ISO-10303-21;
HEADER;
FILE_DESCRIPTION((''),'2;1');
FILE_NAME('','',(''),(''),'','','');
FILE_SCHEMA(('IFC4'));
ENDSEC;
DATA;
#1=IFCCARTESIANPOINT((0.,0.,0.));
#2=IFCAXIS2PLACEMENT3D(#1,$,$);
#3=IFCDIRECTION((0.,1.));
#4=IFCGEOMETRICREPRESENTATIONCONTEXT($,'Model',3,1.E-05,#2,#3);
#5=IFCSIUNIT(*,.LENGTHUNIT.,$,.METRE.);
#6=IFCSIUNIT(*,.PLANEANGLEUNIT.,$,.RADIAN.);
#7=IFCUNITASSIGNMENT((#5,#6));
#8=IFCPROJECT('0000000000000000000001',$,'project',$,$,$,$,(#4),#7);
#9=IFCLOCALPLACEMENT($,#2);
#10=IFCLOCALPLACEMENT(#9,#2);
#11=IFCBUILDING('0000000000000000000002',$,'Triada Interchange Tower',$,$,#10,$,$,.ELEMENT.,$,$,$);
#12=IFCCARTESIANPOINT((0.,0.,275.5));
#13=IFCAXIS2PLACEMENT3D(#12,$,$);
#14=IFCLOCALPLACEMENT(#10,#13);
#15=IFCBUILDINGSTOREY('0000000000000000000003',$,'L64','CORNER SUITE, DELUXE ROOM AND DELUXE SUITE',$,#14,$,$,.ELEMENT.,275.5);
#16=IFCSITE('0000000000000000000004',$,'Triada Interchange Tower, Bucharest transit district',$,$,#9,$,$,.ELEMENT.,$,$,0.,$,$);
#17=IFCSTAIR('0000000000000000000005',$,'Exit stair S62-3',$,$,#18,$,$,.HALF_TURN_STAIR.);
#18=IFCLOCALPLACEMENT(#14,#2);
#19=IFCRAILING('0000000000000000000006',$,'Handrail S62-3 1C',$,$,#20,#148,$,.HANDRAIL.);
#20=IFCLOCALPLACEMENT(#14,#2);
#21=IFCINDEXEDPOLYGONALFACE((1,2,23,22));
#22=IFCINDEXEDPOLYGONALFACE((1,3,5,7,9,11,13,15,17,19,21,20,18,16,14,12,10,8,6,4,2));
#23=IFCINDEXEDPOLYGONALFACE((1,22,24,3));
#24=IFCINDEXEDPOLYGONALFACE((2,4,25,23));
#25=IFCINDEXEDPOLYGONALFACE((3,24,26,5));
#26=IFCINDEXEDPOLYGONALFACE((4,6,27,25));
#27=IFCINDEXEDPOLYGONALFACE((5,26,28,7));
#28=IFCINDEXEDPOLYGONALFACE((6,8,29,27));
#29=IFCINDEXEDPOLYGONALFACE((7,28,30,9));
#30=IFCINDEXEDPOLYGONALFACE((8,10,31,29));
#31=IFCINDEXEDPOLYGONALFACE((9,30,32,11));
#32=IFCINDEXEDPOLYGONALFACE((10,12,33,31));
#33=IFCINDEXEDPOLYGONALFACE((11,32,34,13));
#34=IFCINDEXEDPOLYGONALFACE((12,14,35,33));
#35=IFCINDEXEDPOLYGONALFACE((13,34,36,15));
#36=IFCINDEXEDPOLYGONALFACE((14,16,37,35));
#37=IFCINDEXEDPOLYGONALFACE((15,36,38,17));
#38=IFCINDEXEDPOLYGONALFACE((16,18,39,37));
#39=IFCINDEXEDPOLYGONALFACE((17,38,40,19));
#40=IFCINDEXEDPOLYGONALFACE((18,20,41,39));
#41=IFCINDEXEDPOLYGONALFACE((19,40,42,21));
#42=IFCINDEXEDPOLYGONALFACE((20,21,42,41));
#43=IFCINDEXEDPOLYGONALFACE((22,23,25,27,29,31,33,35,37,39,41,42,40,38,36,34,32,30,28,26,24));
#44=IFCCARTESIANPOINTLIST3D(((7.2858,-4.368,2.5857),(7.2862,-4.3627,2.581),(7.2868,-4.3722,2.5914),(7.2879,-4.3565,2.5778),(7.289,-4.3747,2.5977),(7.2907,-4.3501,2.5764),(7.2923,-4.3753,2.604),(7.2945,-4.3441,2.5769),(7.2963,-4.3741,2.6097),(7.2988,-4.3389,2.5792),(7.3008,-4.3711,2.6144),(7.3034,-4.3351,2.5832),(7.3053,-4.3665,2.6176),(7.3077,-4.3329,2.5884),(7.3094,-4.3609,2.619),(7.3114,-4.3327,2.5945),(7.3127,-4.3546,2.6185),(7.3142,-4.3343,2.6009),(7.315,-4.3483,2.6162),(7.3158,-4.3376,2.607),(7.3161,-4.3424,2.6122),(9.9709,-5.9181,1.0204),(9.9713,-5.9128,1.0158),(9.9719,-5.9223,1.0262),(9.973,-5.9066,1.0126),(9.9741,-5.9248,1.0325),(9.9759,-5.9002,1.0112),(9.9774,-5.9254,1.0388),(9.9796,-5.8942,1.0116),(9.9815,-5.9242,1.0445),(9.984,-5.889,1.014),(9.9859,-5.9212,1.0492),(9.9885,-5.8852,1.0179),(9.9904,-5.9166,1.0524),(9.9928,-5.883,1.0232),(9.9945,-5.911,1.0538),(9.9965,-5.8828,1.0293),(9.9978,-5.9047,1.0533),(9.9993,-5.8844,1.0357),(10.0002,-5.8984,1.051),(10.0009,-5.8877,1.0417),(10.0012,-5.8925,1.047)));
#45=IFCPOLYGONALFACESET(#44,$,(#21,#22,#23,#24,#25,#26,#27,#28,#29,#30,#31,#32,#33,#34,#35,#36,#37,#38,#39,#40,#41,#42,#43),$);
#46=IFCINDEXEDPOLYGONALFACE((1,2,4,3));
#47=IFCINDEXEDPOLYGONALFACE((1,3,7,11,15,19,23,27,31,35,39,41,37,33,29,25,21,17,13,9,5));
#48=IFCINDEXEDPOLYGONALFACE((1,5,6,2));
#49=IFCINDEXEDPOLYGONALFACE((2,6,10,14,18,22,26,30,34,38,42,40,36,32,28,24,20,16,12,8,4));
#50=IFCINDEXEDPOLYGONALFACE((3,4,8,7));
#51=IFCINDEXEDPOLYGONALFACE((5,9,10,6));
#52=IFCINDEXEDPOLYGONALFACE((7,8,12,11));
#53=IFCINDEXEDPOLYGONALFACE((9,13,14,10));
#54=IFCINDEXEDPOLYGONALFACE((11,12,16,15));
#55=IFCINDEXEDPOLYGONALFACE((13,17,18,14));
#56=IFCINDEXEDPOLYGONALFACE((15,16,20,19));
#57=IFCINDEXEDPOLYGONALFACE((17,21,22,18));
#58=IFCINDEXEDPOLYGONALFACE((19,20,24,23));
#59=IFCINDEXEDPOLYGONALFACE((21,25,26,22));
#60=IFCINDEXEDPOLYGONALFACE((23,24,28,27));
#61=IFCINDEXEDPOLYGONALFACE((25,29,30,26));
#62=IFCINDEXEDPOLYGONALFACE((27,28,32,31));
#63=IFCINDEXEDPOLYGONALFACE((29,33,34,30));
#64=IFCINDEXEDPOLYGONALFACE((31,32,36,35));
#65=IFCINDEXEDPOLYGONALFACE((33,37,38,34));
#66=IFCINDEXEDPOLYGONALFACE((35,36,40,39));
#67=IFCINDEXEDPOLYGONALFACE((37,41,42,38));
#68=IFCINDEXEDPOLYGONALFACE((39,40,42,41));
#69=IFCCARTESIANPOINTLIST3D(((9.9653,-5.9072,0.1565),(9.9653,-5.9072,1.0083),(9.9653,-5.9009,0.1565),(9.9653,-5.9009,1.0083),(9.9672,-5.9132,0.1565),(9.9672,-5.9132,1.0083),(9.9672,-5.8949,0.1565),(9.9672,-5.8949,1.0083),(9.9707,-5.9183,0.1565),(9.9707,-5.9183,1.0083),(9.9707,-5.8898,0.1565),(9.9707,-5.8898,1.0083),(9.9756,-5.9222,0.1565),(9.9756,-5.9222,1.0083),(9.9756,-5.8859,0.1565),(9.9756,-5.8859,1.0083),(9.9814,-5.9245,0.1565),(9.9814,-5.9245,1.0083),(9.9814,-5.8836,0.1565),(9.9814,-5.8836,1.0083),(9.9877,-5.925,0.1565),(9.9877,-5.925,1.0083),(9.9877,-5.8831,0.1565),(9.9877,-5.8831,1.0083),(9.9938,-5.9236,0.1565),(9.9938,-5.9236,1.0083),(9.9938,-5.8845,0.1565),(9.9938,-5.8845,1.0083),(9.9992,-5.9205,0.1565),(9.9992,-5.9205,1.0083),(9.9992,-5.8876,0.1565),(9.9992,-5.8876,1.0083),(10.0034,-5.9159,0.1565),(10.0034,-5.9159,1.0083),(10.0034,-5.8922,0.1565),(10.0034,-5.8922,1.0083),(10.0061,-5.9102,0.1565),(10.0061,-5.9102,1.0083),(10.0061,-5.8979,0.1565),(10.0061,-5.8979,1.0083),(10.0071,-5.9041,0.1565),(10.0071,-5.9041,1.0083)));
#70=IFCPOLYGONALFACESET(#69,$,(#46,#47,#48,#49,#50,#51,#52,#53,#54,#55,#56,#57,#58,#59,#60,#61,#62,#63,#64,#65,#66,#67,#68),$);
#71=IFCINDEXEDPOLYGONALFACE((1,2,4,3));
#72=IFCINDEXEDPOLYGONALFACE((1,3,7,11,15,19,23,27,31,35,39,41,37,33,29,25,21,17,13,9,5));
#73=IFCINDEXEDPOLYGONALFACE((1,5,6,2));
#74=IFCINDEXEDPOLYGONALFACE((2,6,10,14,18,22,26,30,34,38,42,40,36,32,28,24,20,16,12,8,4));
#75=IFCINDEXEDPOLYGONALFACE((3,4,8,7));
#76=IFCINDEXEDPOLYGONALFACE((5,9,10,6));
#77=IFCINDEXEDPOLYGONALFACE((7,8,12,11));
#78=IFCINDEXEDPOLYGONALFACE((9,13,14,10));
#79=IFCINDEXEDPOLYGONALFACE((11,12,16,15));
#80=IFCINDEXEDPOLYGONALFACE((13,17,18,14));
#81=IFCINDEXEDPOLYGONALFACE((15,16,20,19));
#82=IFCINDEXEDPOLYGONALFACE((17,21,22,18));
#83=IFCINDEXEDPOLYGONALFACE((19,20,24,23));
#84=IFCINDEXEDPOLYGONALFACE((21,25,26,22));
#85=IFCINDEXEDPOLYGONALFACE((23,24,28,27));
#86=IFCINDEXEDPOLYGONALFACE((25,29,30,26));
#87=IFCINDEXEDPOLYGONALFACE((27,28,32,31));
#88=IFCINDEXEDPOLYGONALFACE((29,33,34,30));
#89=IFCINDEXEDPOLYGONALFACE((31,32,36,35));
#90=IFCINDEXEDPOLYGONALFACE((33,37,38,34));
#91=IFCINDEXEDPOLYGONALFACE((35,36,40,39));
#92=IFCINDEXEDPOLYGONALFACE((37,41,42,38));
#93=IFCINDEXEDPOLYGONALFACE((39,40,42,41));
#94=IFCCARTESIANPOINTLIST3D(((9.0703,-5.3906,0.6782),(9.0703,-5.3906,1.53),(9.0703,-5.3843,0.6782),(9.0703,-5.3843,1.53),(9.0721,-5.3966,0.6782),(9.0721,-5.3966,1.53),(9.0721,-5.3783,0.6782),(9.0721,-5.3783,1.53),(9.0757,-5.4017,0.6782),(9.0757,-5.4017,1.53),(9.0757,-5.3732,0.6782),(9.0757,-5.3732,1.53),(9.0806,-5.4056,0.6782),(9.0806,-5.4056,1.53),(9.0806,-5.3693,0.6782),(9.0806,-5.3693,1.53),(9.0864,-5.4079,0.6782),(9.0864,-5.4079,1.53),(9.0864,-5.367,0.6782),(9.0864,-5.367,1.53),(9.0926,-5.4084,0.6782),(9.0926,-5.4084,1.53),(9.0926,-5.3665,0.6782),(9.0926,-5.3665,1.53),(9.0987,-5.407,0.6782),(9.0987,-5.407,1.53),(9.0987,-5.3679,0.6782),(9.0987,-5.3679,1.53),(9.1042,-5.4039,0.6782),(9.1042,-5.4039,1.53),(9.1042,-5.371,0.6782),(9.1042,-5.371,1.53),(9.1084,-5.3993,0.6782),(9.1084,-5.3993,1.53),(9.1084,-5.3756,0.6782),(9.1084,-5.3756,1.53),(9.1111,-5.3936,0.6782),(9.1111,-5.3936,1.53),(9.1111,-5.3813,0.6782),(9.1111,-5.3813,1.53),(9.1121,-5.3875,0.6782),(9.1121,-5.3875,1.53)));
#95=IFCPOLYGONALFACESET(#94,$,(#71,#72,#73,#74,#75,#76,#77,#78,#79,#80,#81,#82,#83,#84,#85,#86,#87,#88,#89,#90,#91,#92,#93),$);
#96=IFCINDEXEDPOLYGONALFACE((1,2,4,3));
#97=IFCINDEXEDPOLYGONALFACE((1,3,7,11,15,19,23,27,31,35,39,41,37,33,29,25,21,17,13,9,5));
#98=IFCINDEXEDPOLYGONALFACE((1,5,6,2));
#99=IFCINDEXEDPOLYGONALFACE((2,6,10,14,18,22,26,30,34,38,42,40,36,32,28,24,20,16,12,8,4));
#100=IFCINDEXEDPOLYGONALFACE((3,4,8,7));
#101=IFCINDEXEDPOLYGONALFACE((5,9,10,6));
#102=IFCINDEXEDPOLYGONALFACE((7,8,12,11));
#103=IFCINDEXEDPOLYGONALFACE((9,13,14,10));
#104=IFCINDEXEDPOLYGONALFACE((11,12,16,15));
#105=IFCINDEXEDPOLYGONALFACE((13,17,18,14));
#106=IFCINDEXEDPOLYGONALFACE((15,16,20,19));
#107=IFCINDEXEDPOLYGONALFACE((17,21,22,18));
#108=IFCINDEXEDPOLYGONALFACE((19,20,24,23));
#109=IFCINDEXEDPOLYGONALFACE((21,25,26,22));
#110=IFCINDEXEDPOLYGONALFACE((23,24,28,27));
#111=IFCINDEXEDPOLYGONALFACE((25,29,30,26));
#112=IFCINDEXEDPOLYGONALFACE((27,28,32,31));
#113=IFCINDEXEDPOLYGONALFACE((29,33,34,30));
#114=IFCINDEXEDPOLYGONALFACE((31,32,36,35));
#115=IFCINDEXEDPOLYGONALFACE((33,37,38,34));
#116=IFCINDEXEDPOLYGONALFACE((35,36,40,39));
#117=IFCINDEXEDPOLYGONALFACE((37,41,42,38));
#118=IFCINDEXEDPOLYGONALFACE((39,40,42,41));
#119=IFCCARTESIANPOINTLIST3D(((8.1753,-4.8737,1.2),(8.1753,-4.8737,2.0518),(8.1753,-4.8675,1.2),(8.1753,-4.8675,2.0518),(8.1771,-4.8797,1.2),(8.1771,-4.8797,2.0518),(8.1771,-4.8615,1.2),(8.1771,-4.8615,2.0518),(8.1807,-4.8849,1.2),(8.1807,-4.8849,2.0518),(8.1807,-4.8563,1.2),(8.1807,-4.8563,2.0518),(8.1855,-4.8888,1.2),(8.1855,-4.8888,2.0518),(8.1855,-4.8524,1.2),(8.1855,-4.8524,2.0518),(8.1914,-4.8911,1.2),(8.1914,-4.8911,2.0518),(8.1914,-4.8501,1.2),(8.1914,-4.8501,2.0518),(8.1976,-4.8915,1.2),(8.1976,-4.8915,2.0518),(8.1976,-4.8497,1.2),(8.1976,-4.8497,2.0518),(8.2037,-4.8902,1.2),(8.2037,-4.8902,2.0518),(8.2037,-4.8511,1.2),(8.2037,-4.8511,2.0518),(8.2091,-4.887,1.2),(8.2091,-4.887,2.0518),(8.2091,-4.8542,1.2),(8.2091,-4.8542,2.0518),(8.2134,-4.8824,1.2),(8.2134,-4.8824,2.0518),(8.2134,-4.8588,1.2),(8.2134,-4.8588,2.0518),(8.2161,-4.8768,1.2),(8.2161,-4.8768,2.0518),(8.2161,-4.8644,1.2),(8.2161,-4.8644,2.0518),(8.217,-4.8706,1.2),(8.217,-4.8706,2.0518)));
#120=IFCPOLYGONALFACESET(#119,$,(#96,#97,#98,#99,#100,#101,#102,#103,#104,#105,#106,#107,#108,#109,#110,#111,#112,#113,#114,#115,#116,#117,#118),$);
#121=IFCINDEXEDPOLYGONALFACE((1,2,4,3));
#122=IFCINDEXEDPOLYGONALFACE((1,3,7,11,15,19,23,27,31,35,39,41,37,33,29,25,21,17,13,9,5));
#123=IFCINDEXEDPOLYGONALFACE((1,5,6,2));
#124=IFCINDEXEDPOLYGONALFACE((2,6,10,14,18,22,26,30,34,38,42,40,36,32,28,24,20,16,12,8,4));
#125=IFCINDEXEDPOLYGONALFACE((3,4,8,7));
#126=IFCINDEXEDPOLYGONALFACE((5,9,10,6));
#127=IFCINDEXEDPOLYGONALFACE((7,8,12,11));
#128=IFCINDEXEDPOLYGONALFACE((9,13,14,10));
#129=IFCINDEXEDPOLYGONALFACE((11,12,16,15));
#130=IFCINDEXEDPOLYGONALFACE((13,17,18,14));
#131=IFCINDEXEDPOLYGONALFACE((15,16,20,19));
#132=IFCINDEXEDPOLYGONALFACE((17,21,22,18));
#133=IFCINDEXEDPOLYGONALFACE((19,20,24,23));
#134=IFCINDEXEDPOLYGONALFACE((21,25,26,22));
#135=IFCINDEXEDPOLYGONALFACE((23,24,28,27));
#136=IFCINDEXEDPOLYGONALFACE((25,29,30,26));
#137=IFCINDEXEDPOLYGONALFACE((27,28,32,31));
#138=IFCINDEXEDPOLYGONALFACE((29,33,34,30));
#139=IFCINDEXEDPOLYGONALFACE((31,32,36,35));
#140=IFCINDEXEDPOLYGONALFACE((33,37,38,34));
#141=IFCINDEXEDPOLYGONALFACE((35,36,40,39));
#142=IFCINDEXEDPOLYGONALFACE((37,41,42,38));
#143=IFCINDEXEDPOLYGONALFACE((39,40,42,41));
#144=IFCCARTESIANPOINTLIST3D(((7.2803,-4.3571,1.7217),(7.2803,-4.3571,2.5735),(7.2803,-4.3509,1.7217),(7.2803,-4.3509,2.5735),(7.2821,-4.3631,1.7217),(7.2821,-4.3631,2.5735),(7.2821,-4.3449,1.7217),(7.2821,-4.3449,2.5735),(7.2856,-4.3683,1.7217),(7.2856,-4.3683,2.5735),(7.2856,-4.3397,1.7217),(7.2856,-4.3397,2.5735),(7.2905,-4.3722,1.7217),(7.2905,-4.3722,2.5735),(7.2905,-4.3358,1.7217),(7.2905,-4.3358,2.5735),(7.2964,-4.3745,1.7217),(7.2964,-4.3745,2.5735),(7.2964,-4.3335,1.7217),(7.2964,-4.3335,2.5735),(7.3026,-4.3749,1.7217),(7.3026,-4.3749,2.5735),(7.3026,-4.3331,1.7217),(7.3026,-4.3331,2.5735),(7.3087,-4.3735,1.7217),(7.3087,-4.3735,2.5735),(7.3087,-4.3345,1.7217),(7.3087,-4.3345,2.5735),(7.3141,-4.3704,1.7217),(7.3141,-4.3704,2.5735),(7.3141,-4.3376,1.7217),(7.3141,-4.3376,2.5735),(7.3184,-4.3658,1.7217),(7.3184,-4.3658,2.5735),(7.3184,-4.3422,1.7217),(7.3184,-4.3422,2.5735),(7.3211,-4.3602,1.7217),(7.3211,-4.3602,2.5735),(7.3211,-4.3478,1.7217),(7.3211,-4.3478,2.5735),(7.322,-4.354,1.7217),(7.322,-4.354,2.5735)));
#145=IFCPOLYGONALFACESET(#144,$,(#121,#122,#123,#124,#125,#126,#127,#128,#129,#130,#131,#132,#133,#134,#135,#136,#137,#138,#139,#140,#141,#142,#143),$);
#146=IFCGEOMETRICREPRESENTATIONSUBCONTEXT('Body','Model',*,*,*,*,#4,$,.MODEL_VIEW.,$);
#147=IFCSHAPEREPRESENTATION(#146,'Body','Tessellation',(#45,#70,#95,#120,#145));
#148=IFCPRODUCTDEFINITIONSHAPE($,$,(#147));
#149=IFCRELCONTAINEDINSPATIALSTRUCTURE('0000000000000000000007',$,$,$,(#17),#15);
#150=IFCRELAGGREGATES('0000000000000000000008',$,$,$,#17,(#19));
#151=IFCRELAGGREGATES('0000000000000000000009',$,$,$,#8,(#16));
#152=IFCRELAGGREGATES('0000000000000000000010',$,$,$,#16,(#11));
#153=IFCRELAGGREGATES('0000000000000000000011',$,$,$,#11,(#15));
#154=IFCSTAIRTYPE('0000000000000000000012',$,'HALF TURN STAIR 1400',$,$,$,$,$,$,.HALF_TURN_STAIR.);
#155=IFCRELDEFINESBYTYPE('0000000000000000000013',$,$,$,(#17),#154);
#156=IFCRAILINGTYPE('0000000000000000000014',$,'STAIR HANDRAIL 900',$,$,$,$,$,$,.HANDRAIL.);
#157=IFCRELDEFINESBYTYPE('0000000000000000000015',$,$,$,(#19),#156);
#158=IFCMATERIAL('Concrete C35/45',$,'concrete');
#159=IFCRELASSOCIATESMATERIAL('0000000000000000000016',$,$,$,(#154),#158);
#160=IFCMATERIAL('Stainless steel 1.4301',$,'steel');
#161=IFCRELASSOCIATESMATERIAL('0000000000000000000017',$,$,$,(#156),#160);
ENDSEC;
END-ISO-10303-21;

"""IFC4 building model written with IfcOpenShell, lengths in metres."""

from ifc_helpers import new_model, si_unit, direction, frame, origin, origin_2d, place, context, subcontext, project, spatial, circle, extrude, material, type_object, element, aggregate, save


model = new_model("IFC4")

# Units and contexts
model_context = context("Model", 3, precision=1e-05, world=origin(), true_north=direction((0.0, 1.0)))
body_context = subcontext(model_context, "Body", "Model", "MODEL_VIEW")
ifc_project = project(units=[si_unit("LENGTHUNIT", "METRE"), si_unit("PLANEANGLEUNIT", "RADIAN")], contexts=[model_context])

# Site, building, storey
site_placement = place(None, origin())
site = spatial("IfcSite", under=ifc_project, at=site_placement, Name="Triada Interchange Tower, Bucharest transit district", CompositionType="ELEMENT", RefElevation=0.0)
building_placement = place(site_placement, origin())
building = spatial("IfcBuilding", under=site, at=building_placement, Name="Triada Interchange Tower", CompositionType="ELEMENT")
storey_placement = place(building_placement, frame((0.0, 0.0, 275.5)))
storey = spatial("IfcBuildingStorey", under=building, at=storey_placement, Name="L64", Description="CORNER SUITE, DELUXE ROOM AND DELUXE SUITE", CompositionType="ELEMENT", Elevation=275.5)

# Stair, railing
ifc_material_1 = material(Name="Concrete C35/45", Category="concrete")
stair_type = type_object("IfcStairType", Name="HALF TURN STAIR 1400", PredefinedType="HALF_TURN_STAIR", material=ifc_material_1)
stair_placement = place(storey_placement, origin())
stair = element("IfcStair", 1, at=stair_placement, inside=storey, type_object=stair_type, Name="Exit stair S62-3", PredefinedType="HALF_TURN_STAIR")
ifc_material_2 = material(Name="Stainless steel 1.4301", Category="steel")
railing_type = type_object("IfcRailingType", Name="STAIR HANDRAIL 900", PredefinedType="HANDRAIL", material=ifc_material_2)
railing_1_placement = place(storey_placement, frame((9.9861, -5.9041, 0.1565)))
railing_1 = element("IfcRailing", 2, at=railing_1_placement, type_object=railing_type, Name="Handrail S62-3 1C", PredefinedType="HANDRAIL", context=body_context, shape_type="SweptSolid", body=[
    extrude(circle(Radius=0.0239, at=origin_2d()), frame((0.0, 0.0, 0.876), z_axis=(-0.773115, 0.446309, 0.450667), x_axis=(-0.499959, -0.866049, 0.0)), (0.0, 0.0, 1.0), 3.4731),
    extrude(circle(Radius=0.021, at=origin_2d()), origin(), (0.0, 0.0, 1.0), 0.8518),
    extrude(circle(Radius=0.021, at=origin_2d()), frame((-0.895, 0.5166, 0.5217)), (0.0, 0.0, 1.0), 0.8518),
    extrude(circle(Radius=0.021, at=origin_2d()), frame((-1.79, 1.0334, 1.0435)), (0.0, 0.0, 1.0), 0.8518),
    extrude(circle(Radius=0.021, at=origin_2d()), frame((-2.6851, 1.55, 1.5652)), (0.0, 0.0, 1.0), 0.8518),
])
aggregate(stair, [railing_1])

save(model, "model.ifc")
